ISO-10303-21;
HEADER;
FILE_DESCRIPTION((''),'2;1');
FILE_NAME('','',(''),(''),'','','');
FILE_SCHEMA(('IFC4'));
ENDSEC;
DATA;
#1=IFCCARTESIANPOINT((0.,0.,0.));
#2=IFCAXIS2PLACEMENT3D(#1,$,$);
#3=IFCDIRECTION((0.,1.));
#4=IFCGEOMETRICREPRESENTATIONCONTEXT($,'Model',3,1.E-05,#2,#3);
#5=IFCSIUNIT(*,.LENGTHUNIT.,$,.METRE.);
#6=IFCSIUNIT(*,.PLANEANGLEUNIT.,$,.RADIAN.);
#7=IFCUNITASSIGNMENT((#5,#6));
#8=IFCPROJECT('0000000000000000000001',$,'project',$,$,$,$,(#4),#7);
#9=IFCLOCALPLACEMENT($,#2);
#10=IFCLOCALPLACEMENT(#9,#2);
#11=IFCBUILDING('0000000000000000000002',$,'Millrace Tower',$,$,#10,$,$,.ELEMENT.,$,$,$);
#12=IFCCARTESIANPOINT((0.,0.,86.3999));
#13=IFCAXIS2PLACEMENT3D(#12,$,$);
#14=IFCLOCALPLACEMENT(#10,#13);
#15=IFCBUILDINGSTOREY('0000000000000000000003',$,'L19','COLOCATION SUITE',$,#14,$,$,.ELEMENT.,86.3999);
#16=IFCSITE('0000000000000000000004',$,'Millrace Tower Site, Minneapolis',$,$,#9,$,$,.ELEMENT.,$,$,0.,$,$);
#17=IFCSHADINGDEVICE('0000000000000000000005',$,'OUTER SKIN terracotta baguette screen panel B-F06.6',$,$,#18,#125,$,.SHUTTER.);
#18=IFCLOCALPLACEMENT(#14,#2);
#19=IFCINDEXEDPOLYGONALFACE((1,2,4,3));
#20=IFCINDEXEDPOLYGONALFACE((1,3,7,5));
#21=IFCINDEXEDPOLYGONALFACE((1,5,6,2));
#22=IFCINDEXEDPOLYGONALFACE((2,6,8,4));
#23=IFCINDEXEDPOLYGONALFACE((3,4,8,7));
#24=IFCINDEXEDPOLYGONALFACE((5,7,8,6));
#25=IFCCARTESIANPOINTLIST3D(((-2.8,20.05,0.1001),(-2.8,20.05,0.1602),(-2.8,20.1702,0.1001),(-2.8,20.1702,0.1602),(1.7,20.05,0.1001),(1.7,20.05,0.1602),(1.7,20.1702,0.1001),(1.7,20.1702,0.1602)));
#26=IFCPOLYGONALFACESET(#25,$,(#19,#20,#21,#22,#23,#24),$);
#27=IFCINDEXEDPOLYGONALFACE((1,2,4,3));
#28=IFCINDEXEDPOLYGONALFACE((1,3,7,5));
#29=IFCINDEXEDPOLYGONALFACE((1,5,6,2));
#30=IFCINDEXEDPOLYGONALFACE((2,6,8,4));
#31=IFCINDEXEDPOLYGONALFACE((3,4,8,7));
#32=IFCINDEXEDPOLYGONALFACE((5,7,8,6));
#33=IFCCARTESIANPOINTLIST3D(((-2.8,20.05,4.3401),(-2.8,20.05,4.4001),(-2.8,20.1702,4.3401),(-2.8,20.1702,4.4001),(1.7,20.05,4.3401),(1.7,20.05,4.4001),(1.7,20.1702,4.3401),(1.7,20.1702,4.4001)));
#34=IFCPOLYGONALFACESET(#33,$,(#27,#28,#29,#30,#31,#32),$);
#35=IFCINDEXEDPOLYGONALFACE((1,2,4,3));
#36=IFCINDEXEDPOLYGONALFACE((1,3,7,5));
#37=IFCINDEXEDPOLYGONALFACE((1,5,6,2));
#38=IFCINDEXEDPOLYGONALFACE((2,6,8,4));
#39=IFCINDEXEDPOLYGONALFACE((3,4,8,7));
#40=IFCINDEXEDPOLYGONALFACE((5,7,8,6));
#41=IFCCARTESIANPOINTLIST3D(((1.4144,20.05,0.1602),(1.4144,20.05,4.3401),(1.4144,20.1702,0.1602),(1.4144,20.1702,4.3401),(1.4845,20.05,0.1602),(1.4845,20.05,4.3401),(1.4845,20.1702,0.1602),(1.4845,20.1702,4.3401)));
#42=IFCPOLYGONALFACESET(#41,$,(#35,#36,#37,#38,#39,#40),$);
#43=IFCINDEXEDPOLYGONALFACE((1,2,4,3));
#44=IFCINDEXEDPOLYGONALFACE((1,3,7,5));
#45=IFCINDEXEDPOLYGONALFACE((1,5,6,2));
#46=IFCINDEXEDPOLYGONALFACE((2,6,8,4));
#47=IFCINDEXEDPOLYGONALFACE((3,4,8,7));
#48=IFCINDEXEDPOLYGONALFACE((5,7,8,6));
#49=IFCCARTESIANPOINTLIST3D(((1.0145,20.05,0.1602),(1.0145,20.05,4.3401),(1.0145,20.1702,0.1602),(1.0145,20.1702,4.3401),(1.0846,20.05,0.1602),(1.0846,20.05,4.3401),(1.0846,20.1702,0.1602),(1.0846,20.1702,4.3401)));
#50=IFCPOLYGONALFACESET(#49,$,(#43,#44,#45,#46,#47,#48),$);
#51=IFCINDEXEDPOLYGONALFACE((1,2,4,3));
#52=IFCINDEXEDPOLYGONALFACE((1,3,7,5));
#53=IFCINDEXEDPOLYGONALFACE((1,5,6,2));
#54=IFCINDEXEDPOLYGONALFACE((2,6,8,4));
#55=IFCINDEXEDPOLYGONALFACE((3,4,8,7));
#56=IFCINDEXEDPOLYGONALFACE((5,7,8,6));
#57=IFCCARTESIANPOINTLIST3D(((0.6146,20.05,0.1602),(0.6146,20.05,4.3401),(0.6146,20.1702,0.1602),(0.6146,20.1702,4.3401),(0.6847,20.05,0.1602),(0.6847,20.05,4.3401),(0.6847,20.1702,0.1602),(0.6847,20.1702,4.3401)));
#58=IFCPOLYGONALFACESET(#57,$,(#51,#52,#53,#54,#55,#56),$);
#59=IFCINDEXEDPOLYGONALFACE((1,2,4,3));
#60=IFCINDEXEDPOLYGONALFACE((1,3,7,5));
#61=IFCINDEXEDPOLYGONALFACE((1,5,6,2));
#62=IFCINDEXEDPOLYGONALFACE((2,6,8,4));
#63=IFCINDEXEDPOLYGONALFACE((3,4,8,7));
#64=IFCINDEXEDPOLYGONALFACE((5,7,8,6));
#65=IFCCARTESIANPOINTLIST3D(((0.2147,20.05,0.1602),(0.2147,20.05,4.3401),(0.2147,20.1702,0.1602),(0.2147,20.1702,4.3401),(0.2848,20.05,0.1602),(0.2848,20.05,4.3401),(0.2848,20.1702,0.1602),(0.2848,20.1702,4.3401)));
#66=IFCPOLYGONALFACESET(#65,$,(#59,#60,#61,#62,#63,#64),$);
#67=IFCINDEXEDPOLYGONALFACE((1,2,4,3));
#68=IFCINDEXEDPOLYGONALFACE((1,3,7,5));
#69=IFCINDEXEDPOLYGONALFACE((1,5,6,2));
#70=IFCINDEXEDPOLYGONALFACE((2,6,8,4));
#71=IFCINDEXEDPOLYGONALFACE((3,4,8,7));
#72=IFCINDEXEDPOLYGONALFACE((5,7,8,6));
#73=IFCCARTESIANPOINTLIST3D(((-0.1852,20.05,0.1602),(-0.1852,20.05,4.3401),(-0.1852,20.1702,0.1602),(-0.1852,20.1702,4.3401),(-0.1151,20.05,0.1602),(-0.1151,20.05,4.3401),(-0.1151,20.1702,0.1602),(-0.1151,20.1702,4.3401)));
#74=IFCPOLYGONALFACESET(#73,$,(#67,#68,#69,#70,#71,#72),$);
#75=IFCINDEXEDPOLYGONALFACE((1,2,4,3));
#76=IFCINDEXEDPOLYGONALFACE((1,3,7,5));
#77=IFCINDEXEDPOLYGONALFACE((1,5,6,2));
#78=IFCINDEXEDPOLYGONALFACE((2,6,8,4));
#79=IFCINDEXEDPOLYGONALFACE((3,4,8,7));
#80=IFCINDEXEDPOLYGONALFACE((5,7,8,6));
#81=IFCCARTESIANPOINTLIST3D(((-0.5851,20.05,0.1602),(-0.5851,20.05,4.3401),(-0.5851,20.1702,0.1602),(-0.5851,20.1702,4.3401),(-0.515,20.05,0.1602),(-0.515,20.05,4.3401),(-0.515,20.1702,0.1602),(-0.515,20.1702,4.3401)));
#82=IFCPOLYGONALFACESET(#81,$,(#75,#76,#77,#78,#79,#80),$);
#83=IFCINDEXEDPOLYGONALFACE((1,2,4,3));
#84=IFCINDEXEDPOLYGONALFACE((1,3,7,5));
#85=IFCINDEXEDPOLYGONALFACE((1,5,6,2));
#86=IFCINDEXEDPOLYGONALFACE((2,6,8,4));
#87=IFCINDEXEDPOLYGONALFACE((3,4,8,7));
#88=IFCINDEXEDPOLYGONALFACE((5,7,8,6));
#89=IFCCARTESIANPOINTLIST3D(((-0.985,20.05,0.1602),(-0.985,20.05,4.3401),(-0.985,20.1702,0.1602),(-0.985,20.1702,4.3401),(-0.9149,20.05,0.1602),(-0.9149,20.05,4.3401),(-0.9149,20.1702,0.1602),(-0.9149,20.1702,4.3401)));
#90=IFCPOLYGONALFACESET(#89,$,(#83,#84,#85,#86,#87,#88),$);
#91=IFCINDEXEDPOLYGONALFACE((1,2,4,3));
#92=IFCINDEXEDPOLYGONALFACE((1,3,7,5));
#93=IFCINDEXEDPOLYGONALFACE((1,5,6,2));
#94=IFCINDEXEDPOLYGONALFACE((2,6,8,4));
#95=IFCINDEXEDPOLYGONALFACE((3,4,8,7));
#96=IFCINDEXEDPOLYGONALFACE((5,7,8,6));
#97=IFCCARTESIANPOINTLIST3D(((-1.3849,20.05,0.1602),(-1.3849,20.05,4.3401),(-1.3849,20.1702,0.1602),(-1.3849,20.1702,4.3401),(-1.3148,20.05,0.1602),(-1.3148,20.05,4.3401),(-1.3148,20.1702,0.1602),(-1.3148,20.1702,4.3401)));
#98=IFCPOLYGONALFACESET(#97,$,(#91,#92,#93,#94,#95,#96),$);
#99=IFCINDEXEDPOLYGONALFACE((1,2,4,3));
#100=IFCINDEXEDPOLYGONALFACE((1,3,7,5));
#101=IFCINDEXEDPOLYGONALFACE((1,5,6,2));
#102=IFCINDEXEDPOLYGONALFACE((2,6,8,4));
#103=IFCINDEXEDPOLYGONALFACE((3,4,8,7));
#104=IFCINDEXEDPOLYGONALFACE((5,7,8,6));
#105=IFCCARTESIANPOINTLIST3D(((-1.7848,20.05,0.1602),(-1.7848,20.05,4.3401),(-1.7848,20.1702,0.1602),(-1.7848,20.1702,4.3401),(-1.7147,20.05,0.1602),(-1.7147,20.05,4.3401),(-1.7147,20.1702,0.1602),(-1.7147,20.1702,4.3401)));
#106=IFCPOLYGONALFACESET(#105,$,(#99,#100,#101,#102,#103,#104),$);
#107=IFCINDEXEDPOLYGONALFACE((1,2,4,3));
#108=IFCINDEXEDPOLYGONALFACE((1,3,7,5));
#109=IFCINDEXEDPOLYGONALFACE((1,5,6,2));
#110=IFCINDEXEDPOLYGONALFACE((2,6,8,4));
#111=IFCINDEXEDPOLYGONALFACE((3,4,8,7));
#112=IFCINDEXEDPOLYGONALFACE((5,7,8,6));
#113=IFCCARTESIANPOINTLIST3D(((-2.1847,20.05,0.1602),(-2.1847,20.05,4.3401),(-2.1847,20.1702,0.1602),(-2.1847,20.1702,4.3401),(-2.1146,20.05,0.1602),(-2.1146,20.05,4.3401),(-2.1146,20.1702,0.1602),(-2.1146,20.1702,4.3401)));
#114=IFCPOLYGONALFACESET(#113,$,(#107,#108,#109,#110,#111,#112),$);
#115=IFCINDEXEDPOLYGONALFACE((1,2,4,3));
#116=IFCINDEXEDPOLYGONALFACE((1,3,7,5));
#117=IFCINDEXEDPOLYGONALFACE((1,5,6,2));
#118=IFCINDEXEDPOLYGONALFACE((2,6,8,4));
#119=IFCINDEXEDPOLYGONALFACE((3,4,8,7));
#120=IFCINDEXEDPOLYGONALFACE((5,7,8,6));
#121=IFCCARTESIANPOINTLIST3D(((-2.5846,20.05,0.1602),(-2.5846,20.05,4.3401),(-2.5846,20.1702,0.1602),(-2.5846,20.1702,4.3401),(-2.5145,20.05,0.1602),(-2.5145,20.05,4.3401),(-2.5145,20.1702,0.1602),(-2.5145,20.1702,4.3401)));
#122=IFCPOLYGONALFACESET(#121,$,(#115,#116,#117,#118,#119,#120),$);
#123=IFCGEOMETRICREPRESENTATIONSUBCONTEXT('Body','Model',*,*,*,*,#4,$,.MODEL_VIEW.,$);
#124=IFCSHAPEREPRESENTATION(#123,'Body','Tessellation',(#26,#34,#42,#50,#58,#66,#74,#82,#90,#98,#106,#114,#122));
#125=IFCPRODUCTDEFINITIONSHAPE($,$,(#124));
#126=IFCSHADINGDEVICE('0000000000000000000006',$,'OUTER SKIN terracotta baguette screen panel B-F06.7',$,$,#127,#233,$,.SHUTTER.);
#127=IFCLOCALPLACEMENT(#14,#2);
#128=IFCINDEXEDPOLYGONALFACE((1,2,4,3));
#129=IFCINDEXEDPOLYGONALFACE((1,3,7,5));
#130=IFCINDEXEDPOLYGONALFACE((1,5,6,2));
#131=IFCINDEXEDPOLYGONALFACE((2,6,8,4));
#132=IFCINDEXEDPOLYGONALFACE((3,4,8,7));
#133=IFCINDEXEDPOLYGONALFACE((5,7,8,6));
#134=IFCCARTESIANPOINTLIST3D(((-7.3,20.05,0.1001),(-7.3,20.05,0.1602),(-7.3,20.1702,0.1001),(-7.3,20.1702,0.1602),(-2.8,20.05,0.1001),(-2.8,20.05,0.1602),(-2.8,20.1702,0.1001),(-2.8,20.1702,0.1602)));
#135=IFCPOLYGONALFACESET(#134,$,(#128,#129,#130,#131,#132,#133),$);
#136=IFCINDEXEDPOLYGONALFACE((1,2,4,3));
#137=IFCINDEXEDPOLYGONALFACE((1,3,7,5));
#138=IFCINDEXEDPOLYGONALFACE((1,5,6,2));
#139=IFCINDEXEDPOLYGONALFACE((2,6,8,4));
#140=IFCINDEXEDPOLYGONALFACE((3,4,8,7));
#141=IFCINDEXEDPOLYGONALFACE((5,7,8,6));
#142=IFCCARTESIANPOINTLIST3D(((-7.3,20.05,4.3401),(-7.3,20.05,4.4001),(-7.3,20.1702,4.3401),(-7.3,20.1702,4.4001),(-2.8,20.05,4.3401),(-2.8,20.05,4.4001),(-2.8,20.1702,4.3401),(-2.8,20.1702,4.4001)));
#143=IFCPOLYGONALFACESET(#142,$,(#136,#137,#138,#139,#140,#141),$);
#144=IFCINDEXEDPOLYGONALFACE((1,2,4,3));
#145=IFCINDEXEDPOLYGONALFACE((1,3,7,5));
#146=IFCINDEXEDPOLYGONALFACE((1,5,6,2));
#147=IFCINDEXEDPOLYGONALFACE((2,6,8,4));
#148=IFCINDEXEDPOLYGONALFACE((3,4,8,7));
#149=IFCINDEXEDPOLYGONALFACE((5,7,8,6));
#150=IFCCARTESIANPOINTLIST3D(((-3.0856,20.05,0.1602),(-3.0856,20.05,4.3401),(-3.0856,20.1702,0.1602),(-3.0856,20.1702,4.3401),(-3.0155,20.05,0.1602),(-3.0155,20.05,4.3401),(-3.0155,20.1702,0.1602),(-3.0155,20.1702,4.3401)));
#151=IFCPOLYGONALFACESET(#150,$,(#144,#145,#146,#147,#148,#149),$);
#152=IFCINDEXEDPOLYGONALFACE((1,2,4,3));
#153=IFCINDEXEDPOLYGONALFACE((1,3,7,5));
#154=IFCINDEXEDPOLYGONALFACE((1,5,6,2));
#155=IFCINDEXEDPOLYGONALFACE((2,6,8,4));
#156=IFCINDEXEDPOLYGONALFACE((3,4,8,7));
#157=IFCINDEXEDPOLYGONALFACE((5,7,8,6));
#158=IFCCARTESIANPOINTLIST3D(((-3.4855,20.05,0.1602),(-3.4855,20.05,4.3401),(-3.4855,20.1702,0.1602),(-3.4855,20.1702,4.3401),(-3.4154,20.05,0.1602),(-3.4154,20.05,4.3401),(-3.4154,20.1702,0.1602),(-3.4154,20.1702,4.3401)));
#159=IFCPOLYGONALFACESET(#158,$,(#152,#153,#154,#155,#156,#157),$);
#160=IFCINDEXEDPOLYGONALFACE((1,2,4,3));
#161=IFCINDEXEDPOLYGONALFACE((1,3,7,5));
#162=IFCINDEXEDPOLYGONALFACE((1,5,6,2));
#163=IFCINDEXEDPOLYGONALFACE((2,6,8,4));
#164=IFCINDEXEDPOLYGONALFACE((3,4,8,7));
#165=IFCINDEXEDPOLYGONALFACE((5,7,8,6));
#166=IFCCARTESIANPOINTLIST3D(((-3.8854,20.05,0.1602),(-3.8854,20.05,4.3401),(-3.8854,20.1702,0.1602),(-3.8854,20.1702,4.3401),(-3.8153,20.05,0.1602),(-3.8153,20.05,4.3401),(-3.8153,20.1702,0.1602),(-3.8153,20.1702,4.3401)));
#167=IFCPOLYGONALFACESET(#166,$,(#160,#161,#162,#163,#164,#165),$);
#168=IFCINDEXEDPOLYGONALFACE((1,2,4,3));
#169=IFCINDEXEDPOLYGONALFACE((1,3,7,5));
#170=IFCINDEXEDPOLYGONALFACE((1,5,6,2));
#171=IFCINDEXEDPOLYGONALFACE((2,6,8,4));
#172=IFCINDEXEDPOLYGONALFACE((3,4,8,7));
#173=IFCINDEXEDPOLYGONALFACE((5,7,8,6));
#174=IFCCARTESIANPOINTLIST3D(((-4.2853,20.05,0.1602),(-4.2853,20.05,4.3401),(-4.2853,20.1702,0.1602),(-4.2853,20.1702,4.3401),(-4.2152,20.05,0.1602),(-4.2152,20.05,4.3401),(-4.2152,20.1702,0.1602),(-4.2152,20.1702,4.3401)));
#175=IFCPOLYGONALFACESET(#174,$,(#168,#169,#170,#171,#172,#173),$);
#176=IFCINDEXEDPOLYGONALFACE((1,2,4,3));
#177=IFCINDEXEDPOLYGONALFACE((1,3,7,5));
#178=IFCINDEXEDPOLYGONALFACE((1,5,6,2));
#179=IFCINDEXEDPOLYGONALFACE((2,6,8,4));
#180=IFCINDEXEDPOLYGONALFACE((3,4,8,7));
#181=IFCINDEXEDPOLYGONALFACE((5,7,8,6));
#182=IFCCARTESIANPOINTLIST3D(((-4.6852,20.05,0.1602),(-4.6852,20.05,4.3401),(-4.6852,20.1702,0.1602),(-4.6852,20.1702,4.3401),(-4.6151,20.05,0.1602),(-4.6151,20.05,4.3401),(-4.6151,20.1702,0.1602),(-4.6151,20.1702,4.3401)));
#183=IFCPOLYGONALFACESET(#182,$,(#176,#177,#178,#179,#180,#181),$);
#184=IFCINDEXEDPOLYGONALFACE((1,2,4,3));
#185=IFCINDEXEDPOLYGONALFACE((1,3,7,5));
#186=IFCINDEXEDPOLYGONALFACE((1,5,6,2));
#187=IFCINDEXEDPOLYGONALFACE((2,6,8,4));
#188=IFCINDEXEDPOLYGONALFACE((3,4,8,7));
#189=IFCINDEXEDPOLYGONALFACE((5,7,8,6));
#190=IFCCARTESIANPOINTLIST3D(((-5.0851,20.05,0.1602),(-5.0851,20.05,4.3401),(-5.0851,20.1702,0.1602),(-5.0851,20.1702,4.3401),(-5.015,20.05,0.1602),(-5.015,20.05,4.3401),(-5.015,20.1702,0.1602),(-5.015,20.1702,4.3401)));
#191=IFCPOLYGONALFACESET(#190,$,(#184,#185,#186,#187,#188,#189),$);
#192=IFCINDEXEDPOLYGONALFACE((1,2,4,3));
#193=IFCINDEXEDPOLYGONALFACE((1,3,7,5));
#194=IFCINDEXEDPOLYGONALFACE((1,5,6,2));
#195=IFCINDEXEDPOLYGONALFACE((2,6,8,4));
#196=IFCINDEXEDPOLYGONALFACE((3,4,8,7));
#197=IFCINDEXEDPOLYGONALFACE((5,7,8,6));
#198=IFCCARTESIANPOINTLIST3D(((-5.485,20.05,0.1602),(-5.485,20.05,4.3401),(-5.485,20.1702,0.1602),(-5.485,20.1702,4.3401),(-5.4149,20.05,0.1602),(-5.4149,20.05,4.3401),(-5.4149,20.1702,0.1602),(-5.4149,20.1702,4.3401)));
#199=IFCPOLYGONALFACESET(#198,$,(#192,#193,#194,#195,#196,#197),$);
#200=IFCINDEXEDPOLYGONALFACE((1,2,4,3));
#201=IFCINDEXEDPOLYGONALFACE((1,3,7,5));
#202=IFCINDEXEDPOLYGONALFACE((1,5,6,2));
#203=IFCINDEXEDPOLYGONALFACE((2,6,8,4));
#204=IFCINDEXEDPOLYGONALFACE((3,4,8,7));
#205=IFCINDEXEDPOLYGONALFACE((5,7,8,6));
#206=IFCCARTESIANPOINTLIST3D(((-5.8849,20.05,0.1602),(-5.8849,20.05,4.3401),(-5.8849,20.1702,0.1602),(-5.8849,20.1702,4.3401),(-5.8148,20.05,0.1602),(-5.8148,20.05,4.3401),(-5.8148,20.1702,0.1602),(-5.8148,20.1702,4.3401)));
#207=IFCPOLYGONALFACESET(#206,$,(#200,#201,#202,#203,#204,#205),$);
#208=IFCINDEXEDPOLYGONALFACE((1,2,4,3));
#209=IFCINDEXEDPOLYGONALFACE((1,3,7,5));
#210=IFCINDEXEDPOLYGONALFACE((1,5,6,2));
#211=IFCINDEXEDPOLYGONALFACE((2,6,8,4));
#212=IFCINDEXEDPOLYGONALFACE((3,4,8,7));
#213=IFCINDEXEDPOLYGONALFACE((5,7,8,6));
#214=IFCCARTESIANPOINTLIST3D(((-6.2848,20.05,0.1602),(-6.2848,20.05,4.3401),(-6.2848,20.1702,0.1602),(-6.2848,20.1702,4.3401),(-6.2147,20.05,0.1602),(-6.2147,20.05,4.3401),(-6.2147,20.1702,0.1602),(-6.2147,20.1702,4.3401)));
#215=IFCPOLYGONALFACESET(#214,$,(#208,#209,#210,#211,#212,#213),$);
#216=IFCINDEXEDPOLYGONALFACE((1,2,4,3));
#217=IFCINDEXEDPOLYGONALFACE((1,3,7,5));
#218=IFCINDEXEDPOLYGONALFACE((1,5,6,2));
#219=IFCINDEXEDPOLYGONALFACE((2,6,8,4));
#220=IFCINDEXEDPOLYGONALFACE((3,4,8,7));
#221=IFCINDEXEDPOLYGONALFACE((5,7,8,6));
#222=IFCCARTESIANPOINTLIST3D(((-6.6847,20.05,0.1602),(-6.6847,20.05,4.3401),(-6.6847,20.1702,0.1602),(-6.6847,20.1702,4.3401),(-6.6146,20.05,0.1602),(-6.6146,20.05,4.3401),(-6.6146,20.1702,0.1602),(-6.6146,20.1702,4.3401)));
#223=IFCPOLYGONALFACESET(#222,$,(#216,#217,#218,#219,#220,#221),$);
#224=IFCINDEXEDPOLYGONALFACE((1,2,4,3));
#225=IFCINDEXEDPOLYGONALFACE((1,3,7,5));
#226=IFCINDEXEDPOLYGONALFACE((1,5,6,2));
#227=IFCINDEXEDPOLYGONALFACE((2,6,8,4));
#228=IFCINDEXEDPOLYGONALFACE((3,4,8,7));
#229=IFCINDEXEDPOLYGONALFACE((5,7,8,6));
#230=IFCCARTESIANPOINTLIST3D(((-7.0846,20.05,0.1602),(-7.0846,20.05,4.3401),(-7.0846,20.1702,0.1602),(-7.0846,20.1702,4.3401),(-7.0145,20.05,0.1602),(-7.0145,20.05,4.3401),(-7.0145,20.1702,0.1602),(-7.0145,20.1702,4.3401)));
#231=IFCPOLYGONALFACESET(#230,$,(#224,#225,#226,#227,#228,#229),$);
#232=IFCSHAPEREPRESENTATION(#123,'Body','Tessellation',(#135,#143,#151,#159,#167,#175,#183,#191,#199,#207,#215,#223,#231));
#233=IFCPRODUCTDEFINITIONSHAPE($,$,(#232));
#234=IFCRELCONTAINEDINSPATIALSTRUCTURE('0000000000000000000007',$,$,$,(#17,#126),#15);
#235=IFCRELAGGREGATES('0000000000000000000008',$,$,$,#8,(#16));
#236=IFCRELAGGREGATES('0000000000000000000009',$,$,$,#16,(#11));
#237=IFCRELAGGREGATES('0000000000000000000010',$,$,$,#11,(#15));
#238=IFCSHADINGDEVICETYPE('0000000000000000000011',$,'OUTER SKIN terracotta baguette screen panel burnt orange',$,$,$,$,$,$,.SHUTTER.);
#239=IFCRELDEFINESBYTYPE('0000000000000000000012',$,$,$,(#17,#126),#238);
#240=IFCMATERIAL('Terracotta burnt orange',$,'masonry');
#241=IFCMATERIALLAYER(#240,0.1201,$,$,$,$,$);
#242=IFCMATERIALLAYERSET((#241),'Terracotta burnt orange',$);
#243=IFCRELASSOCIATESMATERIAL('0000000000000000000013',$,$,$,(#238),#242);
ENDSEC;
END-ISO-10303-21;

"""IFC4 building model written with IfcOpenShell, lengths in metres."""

from ifc_helpers import new_model, entity, si_unit, direction, frame, frame_2d, origin, origin_2d, place, context, subcontext, project, spatial, rectangle, extrude, source, transform, mapped, material, layer, layer_set, type_object, element, save


model = new_model("IFC4")

# Units and contexts
model_context = context("Model", 3, precision=1e-05, world=origin(), true_north=direction((0.0, 1.0)))
body_context = subcontext(model_context, "Body", "Model", "MODEL_VIEW")
ifc_project = project(units=[si_unit("LENGTHUNIT", "METRE"), si_unit("PLANEANGLEUNIT", "RADIAN")], contexts=[model_context])

# Site, building, storey
site_placement = place(None, origin())
site = spatial("IfcSite", under=ifc_project, at=site_placement, Name="Millrace Tower Site, Minneapolis", CompositionType="ELEMENT", RefElevation=0.0)
building_placement = place(site_placement, origin())
building = spatial("IfcBuilding", under=site, at=building_placement, Name="Millrace Tower", CompositionType="ELEMENT")
storey_placement = place(building_placement, frame((0.0, 0.0, 86.3999)))
storey = spatial("IfcBuildingStorey", under=building, at=storey_placement, Name="L19", Description="COLOCATION SUITE", CompositionType="ELEMENT", Elevation=86.3999)

# Shading devices
ifc_material_1 = material(Name="Terracotta burnt orange", Category="masonry")
ifc_layer_1 = layer(ifc_material_1, 0.1201)
ifc_layer_set_1 = layer_set([ifc_layer_1], Name="Terracotta burnt orange")
shading_device_type = type_object("IfcShadingDeviceType", Name="OUTER SKIN terracotta baguette screen panel burnt orange", PredefinedType="SHUTTER", material=ifc_layer_set_1)
cartesian_point = entity("IfcCartesianPoint", [-2.25, 0.0601])
shared_polyline = entity("IfcPolyline", [cartesian_point, entity("IfcCartesianPoint", [2.25, 0.0601]), entity("IfcCartesianPoint", [2.25, -0.0601]), entity("IfcCartesianPoint", [-2.25, -0.0601]), cartesian_point])
shared_shape = source(origin(), body_context, "Body", "SweptSolid", [
    entity("IfcExtrudedAreaSolid", entity("IfcArbitraryClosedProfileDef", "AREA", None, shared_polyline), entity("IfcAxis2Placement3D", entity("IfcCartesianPoint", [0.0, 0.0, 0.0])), entity("IfcDirection", [0.0, 0.0, 1.0]), 0.0601),
    entity("IfcExtrudedAreaSolid", entity("IfcArbitraryClosedProfileDef", "AREA", None, shared_polyline), entity("IfcAxis2Placement3D", entity("IfcCartesianPoint", [0.0, 0.0, 4.24])), entity("IfcDirection", [0.0, 0.0, 1.0]), 0.0601),
    extrude(rectangle(XDim=0.0701, YDim=0.1201, at=frame_2d((-1.9995, 0.0))), frame((0.0, 0.0, 0.0601)), (0.0, 0.0, 1.0), 4.1799),
    extrude(rectangle(XDim=0.0701, YDim=0.1201, at=frame_2d((-1.5996, 0.0))), frame((0.0, 0.0, 0.0601)), (0.0, 0.0, 1.0), 4.1799),
    extrude(rectangle(XDim=0.0701, YDim=0.1201, at=frame_2d((-1.1997, 0.0))), frame((0.0, 0.0, 0.0601)), (0.0, 0.0, 1.0), 4.1799),
    extrude(rectangle(XDim=0.0701, YDim=0.1201, at=frame_2d((-0.7998, 0.0))), frame((0.0, 0.0, 0.0601)), (0.0, 0.0, 1.0), 4.1799),
    extrude(rectangle(XDim=0.0701, YDim=0.1201, at=frame_2d((-0.3999, 0.0))), frame((0.0, 0.0, 0.0601)), (0.0, 0.0, 1.0), 4.1799),
    extrude(rectangle(XDim=0.0701, YDim=0.1201, at=origin_2d()), frame((0.0, 0.0, 0.0601)), (0.0, 0.0, 1.0), 4.1799),
    extrude(rectangle(XDim=0.0701, YDim=0.1201, at=frame_2d((0.3999, 0.0))), frame((0.0, 0.0, 0.0601)), (0.0, 0.0, 1.0), 4.1799),
    extrude(rectangle(XDim=0.0701, YDim=0.1201, at=frame_2d((0.7998, 0.0))), frame((0.0, 0.0, 0.0601)), (0.0, 0.0, 1.0), 4.1799),
    extrude(rectangle(XDim=0.0701, YDim=0.1201, at=frame_2d((1.1997, 0.0))), frame((0.0, 0.0, 0.0601)), (0.0, 0.0, 1.0), 4.1799),
    extrude(rectangle(XDim=0.0701, YDim=0.1201, at=frame_2d((1.5996, 0.0))), frame((0.0, 0.0, 0.0601)), (0.0, 0.0, 1.0), 4.1799),
    extrude(rectangle(XDim=0.0701, YDim=0.1201, at=frame_2d((1.9995, 0.0))), frame((0.0, 0.0, 0.0601)), (0.0, 0.0, 1.0), 4.1799),
])
for number, where, z_axis, x_axis, name in (
    (1, (-0.55, 20.1101, 0.1001), (0.0, 0.0, 1.0), (-1.0, 0.0, 0.0), "OUTER SKIN terracotta baguette screen panel B-F06.6"),
    (2, (-5.05, 20.1101, 0.1001), (0.0, 0.0, 1.0), (-1.0, 0.0, 0.0), "OUTER SKIN terracotta baguette screen panel B-F06.7"),
):
    element("IfcShadingDevice", number, at=place(storey_placement, frame(where, z_axis=z_axis, x_axis=x_axis)), inside=storey, type_object=shading_device_type, Name=name, PredefinedType="SHUTTER", context=body_context, shape_type="MappedRepresentation", body=[
        mapped(shared_shape, transform((0.0, 0.0, 0.0), scale=1.0)),
    ])

save(model, "model.ifc")
